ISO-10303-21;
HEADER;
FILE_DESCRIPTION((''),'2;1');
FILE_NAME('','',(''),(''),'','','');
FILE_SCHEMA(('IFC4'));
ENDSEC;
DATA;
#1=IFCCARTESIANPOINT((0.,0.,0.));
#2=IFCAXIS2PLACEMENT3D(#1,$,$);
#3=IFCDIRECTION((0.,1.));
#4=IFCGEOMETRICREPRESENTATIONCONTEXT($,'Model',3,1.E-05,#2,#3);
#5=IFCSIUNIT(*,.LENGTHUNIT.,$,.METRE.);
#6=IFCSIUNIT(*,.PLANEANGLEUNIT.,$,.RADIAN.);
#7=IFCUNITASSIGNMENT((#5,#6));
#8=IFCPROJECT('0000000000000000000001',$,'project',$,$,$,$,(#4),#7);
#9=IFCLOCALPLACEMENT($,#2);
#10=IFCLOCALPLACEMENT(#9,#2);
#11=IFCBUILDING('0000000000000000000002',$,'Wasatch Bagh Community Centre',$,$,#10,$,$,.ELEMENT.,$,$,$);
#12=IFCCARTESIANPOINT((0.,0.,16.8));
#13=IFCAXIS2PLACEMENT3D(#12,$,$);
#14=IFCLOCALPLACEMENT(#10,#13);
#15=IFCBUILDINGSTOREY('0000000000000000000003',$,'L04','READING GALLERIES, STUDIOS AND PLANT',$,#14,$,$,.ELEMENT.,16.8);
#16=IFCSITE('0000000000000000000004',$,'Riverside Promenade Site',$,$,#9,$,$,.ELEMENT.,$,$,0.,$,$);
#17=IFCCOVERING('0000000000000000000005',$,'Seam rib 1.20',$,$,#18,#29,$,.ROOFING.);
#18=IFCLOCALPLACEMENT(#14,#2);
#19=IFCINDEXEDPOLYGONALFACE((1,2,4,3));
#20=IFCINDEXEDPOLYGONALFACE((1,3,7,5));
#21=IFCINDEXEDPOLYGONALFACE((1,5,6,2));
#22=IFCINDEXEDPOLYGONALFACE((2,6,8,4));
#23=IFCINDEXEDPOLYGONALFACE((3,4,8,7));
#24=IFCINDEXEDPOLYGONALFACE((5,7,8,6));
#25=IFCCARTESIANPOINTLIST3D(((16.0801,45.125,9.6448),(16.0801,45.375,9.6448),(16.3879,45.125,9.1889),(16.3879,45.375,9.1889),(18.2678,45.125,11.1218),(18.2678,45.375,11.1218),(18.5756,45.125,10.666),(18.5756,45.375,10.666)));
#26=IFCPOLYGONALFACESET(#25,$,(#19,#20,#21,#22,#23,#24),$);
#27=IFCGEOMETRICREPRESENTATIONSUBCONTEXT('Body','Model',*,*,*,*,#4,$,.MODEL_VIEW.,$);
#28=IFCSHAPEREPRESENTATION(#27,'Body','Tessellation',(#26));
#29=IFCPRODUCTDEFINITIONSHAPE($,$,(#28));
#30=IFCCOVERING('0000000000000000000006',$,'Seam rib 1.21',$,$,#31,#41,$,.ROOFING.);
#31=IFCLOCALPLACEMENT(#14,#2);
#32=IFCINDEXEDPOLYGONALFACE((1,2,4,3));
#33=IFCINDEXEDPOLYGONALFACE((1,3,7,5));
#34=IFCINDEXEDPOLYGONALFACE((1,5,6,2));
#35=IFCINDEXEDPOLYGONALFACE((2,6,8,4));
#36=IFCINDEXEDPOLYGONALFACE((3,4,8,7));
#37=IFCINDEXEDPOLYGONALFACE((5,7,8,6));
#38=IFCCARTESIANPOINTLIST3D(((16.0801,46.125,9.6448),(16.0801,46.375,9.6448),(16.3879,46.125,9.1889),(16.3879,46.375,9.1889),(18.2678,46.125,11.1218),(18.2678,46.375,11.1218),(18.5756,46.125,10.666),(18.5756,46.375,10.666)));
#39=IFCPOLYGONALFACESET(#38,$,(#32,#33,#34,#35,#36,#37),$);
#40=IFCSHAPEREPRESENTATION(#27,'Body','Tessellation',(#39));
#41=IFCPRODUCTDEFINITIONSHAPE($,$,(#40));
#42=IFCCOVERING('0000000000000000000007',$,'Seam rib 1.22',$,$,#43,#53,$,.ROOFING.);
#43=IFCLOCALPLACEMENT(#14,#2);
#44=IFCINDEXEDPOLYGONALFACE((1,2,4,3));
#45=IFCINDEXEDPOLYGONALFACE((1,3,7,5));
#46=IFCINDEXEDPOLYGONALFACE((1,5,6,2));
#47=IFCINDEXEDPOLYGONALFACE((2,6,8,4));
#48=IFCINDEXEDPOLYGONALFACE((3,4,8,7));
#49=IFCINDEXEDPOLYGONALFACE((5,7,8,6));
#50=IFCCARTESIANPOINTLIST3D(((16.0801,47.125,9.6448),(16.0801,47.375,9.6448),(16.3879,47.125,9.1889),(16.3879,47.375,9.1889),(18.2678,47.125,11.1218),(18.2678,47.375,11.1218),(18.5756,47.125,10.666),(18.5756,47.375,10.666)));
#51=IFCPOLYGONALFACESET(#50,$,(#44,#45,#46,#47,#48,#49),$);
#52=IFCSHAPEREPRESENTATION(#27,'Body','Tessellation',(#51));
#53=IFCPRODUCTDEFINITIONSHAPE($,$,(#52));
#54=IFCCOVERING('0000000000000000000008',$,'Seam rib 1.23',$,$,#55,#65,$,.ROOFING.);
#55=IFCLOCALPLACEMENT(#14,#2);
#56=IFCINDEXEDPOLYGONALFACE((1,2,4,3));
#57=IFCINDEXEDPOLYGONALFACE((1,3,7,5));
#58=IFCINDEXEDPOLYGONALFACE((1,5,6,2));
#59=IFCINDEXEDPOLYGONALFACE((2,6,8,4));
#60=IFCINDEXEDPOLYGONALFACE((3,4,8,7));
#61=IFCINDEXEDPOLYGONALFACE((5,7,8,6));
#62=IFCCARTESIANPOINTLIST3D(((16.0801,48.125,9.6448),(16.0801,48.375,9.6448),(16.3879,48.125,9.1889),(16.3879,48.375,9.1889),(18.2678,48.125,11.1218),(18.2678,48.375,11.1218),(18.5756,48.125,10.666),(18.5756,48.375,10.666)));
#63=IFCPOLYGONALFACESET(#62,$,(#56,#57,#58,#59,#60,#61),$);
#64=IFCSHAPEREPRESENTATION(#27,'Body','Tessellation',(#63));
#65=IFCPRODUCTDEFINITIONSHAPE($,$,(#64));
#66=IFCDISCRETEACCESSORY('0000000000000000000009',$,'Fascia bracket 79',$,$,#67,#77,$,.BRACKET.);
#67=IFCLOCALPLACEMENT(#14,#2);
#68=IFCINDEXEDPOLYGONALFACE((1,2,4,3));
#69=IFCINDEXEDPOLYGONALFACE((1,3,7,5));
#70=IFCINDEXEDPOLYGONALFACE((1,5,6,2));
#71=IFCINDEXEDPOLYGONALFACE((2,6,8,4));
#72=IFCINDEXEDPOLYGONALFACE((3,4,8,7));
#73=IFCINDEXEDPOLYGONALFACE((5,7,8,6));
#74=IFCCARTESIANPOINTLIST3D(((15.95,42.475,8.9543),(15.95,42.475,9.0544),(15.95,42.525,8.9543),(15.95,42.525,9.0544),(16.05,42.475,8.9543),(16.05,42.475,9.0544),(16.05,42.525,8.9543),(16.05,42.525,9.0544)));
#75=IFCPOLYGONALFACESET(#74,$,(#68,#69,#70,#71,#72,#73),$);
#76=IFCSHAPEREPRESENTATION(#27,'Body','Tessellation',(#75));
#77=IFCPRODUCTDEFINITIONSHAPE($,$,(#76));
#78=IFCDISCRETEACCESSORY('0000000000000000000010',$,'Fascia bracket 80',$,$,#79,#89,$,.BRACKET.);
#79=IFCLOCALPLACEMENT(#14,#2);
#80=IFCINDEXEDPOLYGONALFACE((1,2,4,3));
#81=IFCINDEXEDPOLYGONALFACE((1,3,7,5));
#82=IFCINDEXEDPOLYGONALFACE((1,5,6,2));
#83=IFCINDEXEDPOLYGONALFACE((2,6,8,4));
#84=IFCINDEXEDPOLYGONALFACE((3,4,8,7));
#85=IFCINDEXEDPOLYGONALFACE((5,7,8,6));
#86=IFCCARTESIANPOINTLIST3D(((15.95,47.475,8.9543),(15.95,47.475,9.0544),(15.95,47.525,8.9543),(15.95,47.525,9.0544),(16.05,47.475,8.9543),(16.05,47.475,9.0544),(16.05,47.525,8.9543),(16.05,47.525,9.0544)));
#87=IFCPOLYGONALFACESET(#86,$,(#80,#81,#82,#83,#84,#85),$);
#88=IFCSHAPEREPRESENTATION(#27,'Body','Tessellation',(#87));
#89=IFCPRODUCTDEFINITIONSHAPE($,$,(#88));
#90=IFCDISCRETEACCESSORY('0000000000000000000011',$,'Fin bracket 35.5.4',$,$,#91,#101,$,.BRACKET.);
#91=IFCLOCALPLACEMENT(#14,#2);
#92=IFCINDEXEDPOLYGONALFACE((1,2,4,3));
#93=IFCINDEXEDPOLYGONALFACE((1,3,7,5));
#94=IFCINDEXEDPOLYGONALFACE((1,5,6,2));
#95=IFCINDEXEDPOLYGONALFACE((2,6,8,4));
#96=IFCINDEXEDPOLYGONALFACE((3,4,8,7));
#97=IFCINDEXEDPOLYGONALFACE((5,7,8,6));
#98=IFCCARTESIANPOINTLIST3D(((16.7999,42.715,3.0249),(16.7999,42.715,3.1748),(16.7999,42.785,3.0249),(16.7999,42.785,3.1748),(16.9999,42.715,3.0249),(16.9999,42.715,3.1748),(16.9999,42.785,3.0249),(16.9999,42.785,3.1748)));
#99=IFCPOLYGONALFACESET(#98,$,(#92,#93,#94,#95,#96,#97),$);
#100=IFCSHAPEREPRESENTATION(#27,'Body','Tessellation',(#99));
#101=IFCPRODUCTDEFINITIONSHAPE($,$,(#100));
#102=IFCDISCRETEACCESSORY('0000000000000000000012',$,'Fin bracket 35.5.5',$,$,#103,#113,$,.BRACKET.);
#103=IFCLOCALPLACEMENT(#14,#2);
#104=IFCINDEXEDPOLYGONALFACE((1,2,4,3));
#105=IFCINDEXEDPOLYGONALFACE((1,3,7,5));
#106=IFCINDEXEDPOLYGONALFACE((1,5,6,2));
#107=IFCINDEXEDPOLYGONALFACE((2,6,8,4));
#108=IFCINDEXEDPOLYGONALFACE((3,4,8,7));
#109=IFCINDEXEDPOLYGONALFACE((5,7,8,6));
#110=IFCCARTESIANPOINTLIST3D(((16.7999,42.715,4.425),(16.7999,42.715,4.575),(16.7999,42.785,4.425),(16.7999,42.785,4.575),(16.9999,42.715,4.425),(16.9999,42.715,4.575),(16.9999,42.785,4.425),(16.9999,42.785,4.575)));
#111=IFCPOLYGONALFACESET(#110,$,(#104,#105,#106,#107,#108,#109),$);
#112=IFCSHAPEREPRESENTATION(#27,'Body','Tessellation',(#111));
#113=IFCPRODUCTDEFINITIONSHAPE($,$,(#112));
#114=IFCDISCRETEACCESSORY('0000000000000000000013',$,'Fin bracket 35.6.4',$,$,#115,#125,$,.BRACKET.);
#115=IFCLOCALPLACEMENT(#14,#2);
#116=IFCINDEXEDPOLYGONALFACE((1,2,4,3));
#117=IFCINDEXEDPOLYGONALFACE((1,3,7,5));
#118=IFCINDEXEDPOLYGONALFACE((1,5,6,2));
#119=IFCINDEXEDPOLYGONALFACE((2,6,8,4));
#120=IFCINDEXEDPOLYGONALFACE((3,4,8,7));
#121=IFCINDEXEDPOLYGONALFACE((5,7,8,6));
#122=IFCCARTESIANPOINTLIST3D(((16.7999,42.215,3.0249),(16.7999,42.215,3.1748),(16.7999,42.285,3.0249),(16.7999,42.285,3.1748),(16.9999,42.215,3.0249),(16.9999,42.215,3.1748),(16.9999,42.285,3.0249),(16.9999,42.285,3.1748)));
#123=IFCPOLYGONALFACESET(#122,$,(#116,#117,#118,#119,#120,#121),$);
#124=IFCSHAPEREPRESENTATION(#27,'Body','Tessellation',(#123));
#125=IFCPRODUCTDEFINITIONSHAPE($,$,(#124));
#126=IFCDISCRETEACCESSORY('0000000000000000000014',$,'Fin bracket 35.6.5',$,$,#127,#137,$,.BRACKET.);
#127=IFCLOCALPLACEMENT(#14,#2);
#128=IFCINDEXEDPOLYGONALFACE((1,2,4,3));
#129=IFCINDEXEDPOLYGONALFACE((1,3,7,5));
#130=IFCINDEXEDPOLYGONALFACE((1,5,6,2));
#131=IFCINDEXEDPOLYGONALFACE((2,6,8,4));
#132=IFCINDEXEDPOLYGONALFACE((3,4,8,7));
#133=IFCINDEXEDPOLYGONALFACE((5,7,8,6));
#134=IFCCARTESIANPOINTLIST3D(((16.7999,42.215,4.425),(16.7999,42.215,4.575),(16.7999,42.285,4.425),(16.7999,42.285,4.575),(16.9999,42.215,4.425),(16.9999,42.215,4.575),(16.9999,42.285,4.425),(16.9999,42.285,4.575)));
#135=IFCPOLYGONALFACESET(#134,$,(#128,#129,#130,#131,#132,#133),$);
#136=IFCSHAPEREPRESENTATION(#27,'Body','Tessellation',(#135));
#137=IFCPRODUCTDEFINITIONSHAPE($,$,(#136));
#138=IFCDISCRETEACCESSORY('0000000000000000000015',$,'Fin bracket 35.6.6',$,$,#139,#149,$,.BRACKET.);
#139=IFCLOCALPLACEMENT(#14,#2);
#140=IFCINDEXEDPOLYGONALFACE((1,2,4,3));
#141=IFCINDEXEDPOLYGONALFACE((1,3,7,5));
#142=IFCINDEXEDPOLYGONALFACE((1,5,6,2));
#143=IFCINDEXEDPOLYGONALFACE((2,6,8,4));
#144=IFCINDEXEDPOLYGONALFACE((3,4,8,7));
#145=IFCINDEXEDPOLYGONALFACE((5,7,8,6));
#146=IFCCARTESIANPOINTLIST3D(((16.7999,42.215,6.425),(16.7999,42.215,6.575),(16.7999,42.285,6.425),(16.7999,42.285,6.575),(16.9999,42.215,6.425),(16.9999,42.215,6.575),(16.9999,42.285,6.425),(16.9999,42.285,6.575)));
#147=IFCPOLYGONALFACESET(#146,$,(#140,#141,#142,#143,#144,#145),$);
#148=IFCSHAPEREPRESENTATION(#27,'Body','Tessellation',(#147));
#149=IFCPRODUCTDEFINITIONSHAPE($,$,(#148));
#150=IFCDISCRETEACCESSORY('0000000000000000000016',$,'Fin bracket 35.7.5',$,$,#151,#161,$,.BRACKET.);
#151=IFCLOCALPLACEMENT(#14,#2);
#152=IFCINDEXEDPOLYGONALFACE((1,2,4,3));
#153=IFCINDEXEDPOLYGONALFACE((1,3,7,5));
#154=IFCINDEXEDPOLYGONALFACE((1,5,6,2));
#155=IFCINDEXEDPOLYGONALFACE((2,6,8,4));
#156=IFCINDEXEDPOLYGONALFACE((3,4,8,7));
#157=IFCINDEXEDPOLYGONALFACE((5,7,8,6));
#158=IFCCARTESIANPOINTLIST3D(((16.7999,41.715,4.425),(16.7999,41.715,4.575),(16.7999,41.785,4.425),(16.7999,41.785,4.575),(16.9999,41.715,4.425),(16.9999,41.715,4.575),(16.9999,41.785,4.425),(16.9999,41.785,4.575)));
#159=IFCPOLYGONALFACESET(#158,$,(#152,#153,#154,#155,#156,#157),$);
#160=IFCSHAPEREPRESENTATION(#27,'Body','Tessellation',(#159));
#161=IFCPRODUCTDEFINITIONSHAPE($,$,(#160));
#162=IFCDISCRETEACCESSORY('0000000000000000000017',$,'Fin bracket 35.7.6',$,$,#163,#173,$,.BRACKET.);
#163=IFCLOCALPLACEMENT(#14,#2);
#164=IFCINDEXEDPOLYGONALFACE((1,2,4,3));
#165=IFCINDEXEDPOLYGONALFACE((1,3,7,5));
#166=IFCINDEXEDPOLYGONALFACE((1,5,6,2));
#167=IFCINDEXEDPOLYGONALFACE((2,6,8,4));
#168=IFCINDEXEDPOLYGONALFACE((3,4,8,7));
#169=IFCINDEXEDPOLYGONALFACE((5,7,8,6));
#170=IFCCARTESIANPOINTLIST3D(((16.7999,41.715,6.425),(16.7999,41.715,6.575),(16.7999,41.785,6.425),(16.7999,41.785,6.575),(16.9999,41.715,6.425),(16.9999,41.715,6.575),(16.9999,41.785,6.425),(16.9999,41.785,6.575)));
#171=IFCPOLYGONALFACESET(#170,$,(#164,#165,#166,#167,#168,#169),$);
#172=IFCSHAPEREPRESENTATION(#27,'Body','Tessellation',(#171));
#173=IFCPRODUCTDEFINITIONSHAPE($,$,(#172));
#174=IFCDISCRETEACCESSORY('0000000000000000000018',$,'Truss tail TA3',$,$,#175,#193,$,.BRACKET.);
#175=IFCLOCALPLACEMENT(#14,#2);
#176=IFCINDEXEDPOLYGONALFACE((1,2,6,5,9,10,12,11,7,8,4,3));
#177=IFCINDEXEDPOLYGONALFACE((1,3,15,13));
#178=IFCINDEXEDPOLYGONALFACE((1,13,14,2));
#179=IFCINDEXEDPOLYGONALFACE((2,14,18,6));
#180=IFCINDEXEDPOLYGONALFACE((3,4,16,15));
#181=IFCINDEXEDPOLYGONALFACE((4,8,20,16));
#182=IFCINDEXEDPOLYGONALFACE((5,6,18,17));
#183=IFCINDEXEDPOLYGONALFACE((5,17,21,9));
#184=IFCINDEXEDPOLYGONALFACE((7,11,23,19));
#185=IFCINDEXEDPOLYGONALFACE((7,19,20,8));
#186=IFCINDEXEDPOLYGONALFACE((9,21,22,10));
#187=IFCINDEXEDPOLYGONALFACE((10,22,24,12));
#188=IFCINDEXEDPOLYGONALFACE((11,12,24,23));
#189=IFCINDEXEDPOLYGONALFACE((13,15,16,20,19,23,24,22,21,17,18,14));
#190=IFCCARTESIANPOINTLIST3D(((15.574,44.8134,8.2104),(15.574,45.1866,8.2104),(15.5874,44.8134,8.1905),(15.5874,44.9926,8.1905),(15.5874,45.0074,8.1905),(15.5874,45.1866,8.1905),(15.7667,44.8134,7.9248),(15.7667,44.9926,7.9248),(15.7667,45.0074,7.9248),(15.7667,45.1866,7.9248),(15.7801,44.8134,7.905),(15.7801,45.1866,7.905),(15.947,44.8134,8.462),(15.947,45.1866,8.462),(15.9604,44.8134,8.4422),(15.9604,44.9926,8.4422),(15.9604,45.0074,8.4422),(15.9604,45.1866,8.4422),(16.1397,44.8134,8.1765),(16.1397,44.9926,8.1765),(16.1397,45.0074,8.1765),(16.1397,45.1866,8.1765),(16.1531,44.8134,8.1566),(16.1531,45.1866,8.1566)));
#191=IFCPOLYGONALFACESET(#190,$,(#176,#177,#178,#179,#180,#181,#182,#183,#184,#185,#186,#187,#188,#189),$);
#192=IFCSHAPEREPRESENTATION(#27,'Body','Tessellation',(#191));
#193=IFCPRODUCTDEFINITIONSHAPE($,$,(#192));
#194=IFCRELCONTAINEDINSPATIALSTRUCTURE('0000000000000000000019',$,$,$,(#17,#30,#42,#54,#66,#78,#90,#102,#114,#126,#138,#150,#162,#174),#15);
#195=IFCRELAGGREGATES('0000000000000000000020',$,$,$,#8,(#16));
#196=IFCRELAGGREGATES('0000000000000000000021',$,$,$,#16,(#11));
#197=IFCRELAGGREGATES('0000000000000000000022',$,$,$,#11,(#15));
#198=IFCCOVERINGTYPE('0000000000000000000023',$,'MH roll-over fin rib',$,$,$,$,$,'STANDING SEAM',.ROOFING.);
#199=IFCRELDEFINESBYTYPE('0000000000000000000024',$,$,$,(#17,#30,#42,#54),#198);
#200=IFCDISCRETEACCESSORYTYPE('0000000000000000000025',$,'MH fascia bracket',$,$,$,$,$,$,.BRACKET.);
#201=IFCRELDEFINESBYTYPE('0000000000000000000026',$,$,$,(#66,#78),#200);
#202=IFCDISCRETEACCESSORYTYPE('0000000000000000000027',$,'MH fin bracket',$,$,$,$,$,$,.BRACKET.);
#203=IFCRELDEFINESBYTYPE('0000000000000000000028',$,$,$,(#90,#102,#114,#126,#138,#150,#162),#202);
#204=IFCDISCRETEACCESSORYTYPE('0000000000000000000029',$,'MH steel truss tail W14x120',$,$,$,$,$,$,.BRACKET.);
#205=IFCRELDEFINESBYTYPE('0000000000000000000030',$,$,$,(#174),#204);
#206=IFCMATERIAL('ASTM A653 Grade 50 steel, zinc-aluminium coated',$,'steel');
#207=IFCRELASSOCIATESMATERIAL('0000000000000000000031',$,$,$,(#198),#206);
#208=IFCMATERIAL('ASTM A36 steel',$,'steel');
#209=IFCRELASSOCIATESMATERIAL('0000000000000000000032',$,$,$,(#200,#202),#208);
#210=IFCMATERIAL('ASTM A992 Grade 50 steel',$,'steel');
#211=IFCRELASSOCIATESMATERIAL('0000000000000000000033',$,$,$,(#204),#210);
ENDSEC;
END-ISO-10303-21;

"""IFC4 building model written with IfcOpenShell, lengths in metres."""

from ifc_helpers import new_model, si_unit, direction, frame, origin, origin_2d, place, context, subcontext, project, spatial, polyline, rectangle, i_section, outline, extrude, material, material_profile, profile_set, type_object, element, save


model = new_model("IFC4")

# Units and contexts
model_context = context("Model", 3, precision=1e-05, world=origin(), true_north=direction((0.0, 1.0)))
body_context = subcontext(model_context, "Body", "Model", "MODEL_VIEW")
ifc_project = project(units=[si_unit("LENGTHUNIT", "METRE"), si_unit("PLANEANGLEUNIT", "RADIAN")], contexts=[model_context])

# Site, building, storey
site_placement = place(None, origin())
site = spatial("IfcSite", under=ifc_project, at=site_placement, Name="Riverside Promenade Site", CompositionType="ELEMENT", RefElevation=0.0)
building_placement = place(site_placement, origin())
building = spatial("IfcBuilding", under=site, at=building_placement, Name="Wasatch Bagh Community Centre", CompositionType="ELEMENT")
storey_placement = place(building_placement, frame((0.0, 0.0, 16.8)))
storey = spatial("IfcBuildingStorey", under=building, at=storey_placement, Name="L04", Description="READING GALLERIES, STUDIOS AND PLANT", CompositionType="ELEMENT", Elevation=16.8)

# Shared definitions
ifc_material_1 = material(Name="ASTM A992 Grade 50 steel", Category="steel")

# Coverings
ifc_material_2 = material(Name="ASTM A653 Grade 50 steel, zinc-aluminium coated", Category="steel")
covering_type_1 = type_object("IfcCoveringType", Name="MH roll-over fin rib", ElementType="STANDING SEAM", PredefinedType="ROOFING", material=ifc_material_2)
for number, where, z_axis, x_axis, name in (
    (1, (16.0801, 45.125, 9.6448), (-0.559557, 0.0, 0.828792), (0.828792, 0.0, 0.559557), "Seam rib 1.20"),
    (2, (16.0801, 46.125, 9.6448), (-0.559557, 0.0, 0.828792), (0.828792, 0.0, 0.559557), "Seam rib 1.21"),
    (3, (16.0801, 47.125, 9.6448), (-0.559557, 0.0, 0.828792), (0.828792, 0.0, 0.559557), "Seam rib 1.22"),
    (4, (16.0801, 48.125, 9.6448), (-0.559557, 0.0, 0.828792), (0.828792, 0.0, 0.559557), "Seam rib 1.23"),
):
    element("IfcCovering", number, at=place(storey_placement, frame(where, z_axis=z_axis, x_axis=x_axis)), inside=storey, type_object=covering_type_1, Name=name, PredefinedType="ROOFING", context=body_context, shape_type="SweptSolid", body=[
        extrude(outline(polyline([(0.0, 0.0), (2.6397, 0.0), (2.6397, 0.25), (0.0, 0.25), (0.0, 0.0)])), origin(), (0.0, 0.0, -1.0), 0.55),
    ])

# Discrete accessories
ifc_material_3 = material(Name="ASTM A36 steel", Category="steel")
discrete_accessory_type_1 = type_object("IfcDiscreteAccessoryType", Name="MH fascia bracket", PredefinedType="BRACKET", material=ifc_material_3)
for number, where, z_axis, x_axis, name in (
    (5, (16.0, 42.5, 8.9543), (0.0, 0.0, 1.0), (-1.0, 0.0, 0.0), "Fascia bracket 79"),
    (6, (16.0, 47.5, 8.9543), (0.0, 0.0, 1.0), (-1.0, 0.0, 0.0), "Fascia bracket 80"),
):
    element("IfcDiscreteAccessory", number, at=place(storey_placement, frame(where, z_axis=z_axis, x_axis=x_axis)), inside=storey, type_object=discrete_accessory_type_1, Name=name, PredefinedType="BRACKET", context=body_context, shape_type="SweptSolid", body=[
        extrude(rectangle(XDim=0.1001, YDim=0.05, at=origin_2d()), origin(), (0.0, 0.0, 1.0), 0.1001),
    ])
discrete_accessory_type_2 = type_object("IfcDiscreteAccessoryType", Name="MH fin bracket", PredefinedType="BRACKET", material=ifc_material_3)
for number, where, z_axis, x_axis, name in (
    (7, (16.8999, 42.75, 3.0249), (0.0, 0.0, 1.0), (0.0, -1.0, 0.0), "Fin bracket 35.5.4"),
    (8, (16.8999, 42.75, 4.425), (0.0, 0.0, 1.0), (0.0, -1.0, 0.0), "Fin bracket 35.5.5"),
    (9, (16.8999, 42.25, 3.0249), (0.0, 0.0, 1.0), (0.0, -1.0, 0.0), "Fin bracket 35.6.4"),
    (10, (16.8999, 42.25, 4.425), (0.0, 0.0, 1.0), (0.0, -1.0, 0.0), "Fin bracket 35.6.5"),
    (11, (16.8999, 42.25, 6.425), (0.0, 0.0, 1.0), (0.0, -1.0, 0.0), "Fin bracket 35.6.6"),
    (12, (16.8999, 41.75, 4.425), (0.0, 0.0, 1.0), (0.0, -1.0, 0.0), "Fin bracket 35.7.5"),
    (13, (16.8999, 41.75, 6.425), (0.0, 0.0, 1.0), (0.0, -1.0, 0.0), "Fin bracket 35.7.6"),
):
    element("IfcDiscreteAccessory", number, at=place(storey_placement, frame(where, z_axis=z_axis, x_axis=x_axis)), inside=storey, type_object=discrete_accessory_type_2, Name=name, PredefinedType="BRACKET", context=body_context, shape_type="SweptSolid", body=[
        extrude(rectangle(XDim=0.0701, YDim=0.2, at=origin_2d()), origin(), (0.0, 0.0, 1.0), 0.1499),
    ])
ifc_material_profile_1 = material_profile(ifc_material_1, i_section(OverallWidth=0.3733, OverallDepth=0.3684, WebThickness=0.0149, FlangeThickness=0.0239, at=origin_2d()), Name="W14x120")
ifc_profile_set_1 = profile_set([ifc_material_profile_1], Name="ASTM A992 Grade 50 steel")
discrete_accessory_type_3 = type_object("IfcDiscreteAccessoryType", Name="MH steel truss tail W14x120", PredefinedType="BRACKET", material=ifc_profile_set_1)
discrete_accessory_placement = place(storey_placement, frame((16.05, 45.0, 8.3093), z_axis=(-0.828949, 0.0, -0.559324), x_axis=(0.0, -1.0, 0.0)))
element("IfcDiscreteAccessory", 14, at=discrete_accessory_placement, inside=storey, type_object=discrete_accessory_type_3, Name="Truss tail TA3", PredefinedType="BRACKET", context=body_context, shape_type="SweptSolid", body=[
    extrude(i_section(OverallWidth=0.3733, OverallDepth=0.3684, WebThickness=0.0149, FlangeThickness=0.0239, at=origin_2d()), origin(), (0.0, 0.0, 1.0), 0.45),
])

save(model, "model.ifc")
